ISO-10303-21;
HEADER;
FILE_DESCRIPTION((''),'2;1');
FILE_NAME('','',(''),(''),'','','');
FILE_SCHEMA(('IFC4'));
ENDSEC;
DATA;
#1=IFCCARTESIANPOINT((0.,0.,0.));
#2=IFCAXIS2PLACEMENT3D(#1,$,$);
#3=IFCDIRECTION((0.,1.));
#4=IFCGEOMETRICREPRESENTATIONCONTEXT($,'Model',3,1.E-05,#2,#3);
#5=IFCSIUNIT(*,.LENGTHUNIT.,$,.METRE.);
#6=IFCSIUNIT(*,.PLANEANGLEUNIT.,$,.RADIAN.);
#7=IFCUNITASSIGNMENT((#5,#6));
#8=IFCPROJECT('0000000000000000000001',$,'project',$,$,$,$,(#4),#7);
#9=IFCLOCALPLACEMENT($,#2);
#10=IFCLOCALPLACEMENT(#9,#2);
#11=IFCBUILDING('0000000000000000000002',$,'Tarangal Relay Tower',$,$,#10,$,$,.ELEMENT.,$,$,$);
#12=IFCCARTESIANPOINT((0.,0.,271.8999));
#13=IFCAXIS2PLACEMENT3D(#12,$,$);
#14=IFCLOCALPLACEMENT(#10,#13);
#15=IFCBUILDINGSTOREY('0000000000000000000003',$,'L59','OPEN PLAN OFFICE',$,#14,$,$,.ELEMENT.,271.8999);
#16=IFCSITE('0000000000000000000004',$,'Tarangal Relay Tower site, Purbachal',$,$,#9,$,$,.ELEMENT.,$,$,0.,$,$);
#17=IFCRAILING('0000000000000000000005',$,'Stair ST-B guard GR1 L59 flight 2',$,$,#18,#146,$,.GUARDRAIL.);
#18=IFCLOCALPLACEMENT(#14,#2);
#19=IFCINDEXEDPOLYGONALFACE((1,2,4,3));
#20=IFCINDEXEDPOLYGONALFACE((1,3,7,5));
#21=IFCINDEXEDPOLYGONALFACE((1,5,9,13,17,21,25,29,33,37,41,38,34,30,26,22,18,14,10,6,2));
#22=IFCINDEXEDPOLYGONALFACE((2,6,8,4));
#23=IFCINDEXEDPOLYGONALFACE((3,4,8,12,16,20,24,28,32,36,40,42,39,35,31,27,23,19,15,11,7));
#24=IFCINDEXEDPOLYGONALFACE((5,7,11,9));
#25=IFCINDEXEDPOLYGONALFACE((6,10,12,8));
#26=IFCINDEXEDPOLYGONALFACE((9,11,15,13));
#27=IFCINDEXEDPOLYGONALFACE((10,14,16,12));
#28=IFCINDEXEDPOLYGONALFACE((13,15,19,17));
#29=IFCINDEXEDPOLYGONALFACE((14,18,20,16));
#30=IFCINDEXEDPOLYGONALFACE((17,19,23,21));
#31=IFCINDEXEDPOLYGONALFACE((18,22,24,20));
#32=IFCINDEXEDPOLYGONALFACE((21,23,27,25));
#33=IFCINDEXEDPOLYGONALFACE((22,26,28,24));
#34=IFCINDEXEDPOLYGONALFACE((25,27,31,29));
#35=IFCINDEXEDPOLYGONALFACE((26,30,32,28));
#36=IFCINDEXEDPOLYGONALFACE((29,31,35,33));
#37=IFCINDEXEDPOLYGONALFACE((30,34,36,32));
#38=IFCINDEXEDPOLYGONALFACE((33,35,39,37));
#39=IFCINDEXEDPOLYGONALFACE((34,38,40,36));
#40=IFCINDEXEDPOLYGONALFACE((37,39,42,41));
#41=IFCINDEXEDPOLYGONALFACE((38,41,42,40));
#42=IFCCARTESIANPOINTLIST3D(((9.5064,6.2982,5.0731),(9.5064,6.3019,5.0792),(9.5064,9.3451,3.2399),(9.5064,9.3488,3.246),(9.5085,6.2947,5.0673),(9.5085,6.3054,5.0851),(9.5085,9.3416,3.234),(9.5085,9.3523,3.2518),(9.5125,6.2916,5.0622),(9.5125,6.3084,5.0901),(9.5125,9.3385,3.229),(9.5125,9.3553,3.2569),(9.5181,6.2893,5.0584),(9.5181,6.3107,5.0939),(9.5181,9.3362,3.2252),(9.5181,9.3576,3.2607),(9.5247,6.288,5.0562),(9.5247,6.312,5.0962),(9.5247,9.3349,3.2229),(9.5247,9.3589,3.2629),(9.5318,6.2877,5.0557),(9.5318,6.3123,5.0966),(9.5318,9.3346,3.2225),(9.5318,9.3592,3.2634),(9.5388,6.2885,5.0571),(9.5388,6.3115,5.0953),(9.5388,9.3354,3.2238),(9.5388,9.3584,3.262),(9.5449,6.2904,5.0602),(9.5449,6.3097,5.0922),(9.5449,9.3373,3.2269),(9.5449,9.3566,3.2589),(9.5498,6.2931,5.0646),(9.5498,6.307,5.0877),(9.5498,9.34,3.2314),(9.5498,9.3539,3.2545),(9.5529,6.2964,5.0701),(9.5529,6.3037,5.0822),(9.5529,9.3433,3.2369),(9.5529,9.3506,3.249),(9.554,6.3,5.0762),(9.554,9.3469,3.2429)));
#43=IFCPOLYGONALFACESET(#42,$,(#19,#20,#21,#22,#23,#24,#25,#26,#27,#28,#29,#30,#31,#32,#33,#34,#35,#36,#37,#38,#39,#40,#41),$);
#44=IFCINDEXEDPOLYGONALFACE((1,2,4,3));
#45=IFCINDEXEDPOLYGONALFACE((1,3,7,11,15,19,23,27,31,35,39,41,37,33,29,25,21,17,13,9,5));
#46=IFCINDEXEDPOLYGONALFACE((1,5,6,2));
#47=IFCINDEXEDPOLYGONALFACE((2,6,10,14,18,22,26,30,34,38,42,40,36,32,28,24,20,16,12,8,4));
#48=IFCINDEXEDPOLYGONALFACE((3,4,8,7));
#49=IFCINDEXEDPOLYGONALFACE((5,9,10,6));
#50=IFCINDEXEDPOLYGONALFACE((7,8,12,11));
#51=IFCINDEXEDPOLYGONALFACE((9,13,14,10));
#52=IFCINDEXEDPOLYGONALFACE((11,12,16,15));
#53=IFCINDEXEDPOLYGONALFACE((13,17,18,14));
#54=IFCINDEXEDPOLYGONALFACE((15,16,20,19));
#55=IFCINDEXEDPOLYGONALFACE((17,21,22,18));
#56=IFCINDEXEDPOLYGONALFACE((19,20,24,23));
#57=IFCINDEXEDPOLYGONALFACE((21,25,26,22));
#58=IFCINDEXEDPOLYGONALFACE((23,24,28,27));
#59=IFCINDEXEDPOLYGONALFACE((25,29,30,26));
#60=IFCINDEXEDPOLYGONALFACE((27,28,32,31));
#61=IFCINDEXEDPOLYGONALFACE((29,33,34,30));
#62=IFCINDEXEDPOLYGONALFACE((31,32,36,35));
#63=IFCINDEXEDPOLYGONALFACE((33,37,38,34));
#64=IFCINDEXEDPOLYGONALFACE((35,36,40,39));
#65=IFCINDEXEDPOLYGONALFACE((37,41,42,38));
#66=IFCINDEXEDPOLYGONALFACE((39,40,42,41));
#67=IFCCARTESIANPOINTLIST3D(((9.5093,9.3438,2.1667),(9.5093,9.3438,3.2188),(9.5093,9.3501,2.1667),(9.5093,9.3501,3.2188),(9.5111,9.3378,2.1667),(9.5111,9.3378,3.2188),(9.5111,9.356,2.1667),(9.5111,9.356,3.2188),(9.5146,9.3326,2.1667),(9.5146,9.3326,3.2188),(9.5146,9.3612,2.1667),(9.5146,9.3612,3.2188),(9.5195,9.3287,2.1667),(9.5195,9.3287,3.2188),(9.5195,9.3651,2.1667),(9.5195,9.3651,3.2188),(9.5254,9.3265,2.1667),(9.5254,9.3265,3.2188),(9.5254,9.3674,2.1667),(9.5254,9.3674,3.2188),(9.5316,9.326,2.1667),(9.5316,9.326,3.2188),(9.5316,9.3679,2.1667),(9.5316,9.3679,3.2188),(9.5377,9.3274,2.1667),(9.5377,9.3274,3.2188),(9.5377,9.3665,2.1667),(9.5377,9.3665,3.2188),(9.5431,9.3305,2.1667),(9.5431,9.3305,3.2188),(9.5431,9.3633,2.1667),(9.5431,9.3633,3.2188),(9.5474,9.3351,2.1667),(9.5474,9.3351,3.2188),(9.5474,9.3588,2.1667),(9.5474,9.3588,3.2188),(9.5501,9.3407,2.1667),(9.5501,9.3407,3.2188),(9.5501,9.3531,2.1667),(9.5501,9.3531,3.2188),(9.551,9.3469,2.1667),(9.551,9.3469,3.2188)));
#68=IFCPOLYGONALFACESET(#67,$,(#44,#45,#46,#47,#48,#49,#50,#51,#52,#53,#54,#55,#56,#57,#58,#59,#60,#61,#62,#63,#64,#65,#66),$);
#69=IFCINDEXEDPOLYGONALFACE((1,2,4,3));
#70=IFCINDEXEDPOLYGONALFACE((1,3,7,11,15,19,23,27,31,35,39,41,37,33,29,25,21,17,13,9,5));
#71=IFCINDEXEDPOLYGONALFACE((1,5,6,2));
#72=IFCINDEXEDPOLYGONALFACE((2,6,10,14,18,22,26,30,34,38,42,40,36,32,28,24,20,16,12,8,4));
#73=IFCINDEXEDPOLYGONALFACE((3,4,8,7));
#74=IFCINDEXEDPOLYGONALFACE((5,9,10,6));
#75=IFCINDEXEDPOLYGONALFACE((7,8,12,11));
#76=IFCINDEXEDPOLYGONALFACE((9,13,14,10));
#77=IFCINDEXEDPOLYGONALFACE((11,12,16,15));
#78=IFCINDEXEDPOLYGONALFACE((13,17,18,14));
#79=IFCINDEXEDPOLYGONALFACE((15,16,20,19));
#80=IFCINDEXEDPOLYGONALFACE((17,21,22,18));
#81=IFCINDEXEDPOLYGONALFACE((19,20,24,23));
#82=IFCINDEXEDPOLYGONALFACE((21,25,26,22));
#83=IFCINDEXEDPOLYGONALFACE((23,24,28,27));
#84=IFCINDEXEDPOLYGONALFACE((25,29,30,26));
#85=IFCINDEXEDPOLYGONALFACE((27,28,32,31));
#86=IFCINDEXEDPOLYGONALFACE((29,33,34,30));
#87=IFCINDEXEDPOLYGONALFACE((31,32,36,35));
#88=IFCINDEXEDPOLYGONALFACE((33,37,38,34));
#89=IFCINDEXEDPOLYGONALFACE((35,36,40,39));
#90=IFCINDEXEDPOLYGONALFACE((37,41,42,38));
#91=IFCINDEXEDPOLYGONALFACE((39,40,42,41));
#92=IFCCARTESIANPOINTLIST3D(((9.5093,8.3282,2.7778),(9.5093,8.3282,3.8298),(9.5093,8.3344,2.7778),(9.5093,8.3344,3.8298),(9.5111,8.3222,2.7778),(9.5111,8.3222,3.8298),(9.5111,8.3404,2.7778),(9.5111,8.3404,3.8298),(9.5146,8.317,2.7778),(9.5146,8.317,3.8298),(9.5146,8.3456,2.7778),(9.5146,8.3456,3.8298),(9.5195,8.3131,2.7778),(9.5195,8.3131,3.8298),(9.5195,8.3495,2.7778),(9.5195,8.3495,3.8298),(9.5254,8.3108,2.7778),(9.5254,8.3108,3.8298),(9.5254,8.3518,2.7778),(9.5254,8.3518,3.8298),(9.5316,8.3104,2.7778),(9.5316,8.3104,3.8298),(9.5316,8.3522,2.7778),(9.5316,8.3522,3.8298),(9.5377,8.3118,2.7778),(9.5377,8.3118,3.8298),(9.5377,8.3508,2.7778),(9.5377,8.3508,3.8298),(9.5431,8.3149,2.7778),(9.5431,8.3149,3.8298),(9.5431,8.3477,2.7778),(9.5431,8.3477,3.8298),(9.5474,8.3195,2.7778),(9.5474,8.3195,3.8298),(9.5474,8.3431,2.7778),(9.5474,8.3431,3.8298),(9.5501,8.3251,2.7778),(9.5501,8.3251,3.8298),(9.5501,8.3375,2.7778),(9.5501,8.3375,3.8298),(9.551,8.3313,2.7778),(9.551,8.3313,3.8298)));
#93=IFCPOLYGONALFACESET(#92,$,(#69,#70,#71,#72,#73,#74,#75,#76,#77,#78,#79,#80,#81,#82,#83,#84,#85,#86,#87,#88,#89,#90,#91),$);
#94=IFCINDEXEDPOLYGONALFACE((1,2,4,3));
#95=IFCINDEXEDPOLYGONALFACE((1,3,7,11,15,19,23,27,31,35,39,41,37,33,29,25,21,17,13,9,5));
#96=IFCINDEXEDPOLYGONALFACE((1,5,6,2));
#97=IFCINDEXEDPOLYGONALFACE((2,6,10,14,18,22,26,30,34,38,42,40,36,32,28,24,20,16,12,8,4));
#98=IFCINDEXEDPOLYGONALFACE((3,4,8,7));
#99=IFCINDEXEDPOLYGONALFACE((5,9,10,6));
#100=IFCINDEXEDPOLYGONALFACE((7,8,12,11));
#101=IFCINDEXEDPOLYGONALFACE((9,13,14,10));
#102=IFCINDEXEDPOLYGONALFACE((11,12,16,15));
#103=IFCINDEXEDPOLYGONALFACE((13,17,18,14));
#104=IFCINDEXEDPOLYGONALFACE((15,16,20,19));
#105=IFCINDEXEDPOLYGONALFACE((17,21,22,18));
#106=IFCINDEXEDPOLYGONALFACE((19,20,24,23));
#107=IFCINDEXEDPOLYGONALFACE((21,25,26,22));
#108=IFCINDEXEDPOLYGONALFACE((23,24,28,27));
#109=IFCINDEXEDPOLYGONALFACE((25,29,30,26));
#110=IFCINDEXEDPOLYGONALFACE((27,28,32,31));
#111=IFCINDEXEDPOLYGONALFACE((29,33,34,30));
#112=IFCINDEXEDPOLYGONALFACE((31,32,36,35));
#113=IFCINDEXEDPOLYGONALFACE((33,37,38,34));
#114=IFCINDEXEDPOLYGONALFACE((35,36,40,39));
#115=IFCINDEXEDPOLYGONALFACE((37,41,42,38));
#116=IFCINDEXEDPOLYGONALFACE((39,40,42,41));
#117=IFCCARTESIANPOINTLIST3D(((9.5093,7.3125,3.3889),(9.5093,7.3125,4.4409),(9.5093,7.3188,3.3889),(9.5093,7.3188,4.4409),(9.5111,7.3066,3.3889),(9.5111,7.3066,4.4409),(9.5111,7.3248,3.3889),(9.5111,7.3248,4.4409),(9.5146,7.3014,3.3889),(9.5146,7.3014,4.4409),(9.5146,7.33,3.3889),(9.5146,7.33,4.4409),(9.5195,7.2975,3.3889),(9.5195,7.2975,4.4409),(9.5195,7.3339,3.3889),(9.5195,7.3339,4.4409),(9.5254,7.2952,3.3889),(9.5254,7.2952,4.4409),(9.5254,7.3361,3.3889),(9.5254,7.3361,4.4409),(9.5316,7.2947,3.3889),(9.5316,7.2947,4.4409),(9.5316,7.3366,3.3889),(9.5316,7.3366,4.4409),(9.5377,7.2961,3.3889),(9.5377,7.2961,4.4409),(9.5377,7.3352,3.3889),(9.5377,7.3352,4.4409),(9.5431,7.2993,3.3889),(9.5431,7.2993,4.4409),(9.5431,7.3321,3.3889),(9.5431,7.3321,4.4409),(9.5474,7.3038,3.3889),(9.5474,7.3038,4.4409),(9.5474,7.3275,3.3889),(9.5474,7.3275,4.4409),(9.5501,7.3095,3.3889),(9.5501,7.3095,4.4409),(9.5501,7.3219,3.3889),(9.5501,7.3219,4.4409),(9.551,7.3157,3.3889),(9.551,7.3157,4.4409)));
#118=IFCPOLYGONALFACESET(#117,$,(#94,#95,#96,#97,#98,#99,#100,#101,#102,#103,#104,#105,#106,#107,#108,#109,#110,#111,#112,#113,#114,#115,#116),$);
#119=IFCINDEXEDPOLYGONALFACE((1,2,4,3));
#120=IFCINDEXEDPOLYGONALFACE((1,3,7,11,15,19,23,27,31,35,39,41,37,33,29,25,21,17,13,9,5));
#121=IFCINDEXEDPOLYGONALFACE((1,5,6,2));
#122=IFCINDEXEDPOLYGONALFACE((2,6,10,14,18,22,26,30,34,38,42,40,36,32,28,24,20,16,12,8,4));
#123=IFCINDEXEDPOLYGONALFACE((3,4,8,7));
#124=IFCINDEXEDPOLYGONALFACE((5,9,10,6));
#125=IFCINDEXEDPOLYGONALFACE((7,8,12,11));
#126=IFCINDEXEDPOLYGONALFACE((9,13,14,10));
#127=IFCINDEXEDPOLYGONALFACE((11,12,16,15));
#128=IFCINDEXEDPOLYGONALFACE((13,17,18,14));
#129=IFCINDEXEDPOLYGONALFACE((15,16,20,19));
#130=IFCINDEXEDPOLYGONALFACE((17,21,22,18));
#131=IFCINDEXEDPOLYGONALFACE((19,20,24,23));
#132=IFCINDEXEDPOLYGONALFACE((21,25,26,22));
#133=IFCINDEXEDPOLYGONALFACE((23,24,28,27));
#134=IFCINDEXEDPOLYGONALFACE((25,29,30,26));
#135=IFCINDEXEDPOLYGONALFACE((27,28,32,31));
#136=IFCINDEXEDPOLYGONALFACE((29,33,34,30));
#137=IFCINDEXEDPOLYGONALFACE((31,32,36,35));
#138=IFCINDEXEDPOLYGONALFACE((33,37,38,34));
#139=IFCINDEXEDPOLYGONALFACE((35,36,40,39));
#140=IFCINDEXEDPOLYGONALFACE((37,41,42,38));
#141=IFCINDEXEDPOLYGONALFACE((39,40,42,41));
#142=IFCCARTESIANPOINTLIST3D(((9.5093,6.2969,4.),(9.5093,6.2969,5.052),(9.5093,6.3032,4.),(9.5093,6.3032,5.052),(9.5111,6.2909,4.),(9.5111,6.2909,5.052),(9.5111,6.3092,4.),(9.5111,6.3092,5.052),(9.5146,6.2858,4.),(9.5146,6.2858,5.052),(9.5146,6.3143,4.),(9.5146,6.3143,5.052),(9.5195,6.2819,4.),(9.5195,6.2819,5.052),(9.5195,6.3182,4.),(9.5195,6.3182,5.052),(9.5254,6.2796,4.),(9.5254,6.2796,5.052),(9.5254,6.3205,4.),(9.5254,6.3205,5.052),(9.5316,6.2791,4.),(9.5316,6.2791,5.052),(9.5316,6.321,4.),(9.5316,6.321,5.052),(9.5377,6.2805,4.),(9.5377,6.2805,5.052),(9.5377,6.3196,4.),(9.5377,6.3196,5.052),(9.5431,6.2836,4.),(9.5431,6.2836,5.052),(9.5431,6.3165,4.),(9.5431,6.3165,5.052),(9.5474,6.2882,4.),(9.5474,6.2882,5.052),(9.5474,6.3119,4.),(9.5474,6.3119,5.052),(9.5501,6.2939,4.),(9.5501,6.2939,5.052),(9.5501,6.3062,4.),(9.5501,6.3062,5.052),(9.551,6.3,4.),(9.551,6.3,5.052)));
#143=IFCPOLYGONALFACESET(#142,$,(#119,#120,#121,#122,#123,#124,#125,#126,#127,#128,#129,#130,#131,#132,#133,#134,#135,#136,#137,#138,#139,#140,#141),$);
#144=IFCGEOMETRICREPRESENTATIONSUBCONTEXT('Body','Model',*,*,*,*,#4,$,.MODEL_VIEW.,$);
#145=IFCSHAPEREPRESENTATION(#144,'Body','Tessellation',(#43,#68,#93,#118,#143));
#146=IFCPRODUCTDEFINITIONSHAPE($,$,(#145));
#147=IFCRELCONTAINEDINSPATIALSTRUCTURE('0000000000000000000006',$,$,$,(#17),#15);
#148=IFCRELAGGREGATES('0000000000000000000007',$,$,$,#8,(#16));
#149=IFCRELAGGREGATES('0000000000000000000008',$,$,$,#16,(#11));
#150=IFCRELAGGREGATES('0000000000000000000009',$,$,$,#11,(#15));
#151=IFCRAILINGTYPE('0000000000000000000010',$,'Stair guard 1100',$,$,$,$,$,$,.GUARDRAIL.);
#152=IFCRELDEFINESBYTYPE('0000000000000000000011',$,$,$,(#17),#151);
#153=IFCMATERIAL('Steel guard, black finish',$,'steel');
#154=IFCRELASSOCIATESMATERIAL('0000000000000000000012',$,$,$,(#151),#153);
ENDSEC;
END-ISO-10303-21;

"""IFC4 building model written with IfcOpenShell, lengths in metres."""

from ifc_helpers import new_model, si_unit, direction, frame, origin, origin_2d, place, context, subcontext, project, spatial, circle, extrude, material, type_object, element, save


model = new_model("IFC4")

# Units and contexts
model_context = context("Model", 3, precision=1e-05, world=origin(), true_north=direction((0.0, 1.0)))
body_context = subcontext(model_context, "Body", "Model", "MODEL_VIEW")
ifc_project = project(units=[si_unit("LENGTHUNIT", "METRE"), si_unit("PLANEANGLEUNIT", "RADIAN")], contexts=[model_context])

# Site, building, storey
site_placement = place(None, origin())
site = spatial("IfcSite", under=ifc_project, at=site_placement, Name="Tarangal Relay Tower site, Purbachal", CompositionType="ELEMENT", RefElevation=0.0)
building_placement = place(site_placement, origin())
building = spatial("IfcBuilding", under=site, at=building_placement, Name="Tarangal Relay Tower", CompositionType="ELEMENT")
storey_placement = place(building_placement, frame((0.0, 0.0, 271.8999)))
storey = spatial("IfcBuildingStorey", under=building, at=storey_placement, Name="L59", Description="OPEN PLAN OFFICE", CompositionType="ELEMENT", Elevation=271.8999)

# Railing
ifc_material_1 = material(Name="Steel guard, black finish", Category="steel")
railing_type_1 = type_object("IfcRailingType", Name="Stair guard 1100", PredefinedType="GUARDRAIL", material=ifc_material_1)
railing_1_placement = place(storey_placement, frame((9.53, 9.3469, 2.1667)))
element("IfcRailing", 1, at=railing_1_placement, inside=storey, type_object=railing_type_1, Name="Stair ST-B guard GR1 L59 flight 2", PredefinedType="GUARDRAIL", context=body_context, shape_type="SweptSolid", body=[
    extrude(circle(Radius=0.0239, at=origin_2d()), frame((0.0, 0.0, 1.0762), z_axis=(0.0, -0.856856, 0.515556), x_axis=(1.0, 0.0, 0.0)), (0.0, 0.0, 1.0), 3.5559),
    extrude(circle(Radius=0.021, at=origin_2d()), origin(), (0.0, 0.0, 1.0), 1.052),
    extrude(circle(Radius=0.021, at=origin_2d()), frame((0.0, -1.0156, 0.6111)), (0.0, 0.0, 1.0), 1.052),
    extrude(circle(Radius=0.021, at=origin_2d()), frame((0.0, -2.0312, 1.2222)), (0.0, 0.0, 1.0), 1.052),
    extrude(circle(Radius=0.021, at=origin_2d()), frame((0.0, -3.0469, 1.8333)), (0.0, 0.0, 1.0), 1.052),
])

save(model, "model.ifc")
